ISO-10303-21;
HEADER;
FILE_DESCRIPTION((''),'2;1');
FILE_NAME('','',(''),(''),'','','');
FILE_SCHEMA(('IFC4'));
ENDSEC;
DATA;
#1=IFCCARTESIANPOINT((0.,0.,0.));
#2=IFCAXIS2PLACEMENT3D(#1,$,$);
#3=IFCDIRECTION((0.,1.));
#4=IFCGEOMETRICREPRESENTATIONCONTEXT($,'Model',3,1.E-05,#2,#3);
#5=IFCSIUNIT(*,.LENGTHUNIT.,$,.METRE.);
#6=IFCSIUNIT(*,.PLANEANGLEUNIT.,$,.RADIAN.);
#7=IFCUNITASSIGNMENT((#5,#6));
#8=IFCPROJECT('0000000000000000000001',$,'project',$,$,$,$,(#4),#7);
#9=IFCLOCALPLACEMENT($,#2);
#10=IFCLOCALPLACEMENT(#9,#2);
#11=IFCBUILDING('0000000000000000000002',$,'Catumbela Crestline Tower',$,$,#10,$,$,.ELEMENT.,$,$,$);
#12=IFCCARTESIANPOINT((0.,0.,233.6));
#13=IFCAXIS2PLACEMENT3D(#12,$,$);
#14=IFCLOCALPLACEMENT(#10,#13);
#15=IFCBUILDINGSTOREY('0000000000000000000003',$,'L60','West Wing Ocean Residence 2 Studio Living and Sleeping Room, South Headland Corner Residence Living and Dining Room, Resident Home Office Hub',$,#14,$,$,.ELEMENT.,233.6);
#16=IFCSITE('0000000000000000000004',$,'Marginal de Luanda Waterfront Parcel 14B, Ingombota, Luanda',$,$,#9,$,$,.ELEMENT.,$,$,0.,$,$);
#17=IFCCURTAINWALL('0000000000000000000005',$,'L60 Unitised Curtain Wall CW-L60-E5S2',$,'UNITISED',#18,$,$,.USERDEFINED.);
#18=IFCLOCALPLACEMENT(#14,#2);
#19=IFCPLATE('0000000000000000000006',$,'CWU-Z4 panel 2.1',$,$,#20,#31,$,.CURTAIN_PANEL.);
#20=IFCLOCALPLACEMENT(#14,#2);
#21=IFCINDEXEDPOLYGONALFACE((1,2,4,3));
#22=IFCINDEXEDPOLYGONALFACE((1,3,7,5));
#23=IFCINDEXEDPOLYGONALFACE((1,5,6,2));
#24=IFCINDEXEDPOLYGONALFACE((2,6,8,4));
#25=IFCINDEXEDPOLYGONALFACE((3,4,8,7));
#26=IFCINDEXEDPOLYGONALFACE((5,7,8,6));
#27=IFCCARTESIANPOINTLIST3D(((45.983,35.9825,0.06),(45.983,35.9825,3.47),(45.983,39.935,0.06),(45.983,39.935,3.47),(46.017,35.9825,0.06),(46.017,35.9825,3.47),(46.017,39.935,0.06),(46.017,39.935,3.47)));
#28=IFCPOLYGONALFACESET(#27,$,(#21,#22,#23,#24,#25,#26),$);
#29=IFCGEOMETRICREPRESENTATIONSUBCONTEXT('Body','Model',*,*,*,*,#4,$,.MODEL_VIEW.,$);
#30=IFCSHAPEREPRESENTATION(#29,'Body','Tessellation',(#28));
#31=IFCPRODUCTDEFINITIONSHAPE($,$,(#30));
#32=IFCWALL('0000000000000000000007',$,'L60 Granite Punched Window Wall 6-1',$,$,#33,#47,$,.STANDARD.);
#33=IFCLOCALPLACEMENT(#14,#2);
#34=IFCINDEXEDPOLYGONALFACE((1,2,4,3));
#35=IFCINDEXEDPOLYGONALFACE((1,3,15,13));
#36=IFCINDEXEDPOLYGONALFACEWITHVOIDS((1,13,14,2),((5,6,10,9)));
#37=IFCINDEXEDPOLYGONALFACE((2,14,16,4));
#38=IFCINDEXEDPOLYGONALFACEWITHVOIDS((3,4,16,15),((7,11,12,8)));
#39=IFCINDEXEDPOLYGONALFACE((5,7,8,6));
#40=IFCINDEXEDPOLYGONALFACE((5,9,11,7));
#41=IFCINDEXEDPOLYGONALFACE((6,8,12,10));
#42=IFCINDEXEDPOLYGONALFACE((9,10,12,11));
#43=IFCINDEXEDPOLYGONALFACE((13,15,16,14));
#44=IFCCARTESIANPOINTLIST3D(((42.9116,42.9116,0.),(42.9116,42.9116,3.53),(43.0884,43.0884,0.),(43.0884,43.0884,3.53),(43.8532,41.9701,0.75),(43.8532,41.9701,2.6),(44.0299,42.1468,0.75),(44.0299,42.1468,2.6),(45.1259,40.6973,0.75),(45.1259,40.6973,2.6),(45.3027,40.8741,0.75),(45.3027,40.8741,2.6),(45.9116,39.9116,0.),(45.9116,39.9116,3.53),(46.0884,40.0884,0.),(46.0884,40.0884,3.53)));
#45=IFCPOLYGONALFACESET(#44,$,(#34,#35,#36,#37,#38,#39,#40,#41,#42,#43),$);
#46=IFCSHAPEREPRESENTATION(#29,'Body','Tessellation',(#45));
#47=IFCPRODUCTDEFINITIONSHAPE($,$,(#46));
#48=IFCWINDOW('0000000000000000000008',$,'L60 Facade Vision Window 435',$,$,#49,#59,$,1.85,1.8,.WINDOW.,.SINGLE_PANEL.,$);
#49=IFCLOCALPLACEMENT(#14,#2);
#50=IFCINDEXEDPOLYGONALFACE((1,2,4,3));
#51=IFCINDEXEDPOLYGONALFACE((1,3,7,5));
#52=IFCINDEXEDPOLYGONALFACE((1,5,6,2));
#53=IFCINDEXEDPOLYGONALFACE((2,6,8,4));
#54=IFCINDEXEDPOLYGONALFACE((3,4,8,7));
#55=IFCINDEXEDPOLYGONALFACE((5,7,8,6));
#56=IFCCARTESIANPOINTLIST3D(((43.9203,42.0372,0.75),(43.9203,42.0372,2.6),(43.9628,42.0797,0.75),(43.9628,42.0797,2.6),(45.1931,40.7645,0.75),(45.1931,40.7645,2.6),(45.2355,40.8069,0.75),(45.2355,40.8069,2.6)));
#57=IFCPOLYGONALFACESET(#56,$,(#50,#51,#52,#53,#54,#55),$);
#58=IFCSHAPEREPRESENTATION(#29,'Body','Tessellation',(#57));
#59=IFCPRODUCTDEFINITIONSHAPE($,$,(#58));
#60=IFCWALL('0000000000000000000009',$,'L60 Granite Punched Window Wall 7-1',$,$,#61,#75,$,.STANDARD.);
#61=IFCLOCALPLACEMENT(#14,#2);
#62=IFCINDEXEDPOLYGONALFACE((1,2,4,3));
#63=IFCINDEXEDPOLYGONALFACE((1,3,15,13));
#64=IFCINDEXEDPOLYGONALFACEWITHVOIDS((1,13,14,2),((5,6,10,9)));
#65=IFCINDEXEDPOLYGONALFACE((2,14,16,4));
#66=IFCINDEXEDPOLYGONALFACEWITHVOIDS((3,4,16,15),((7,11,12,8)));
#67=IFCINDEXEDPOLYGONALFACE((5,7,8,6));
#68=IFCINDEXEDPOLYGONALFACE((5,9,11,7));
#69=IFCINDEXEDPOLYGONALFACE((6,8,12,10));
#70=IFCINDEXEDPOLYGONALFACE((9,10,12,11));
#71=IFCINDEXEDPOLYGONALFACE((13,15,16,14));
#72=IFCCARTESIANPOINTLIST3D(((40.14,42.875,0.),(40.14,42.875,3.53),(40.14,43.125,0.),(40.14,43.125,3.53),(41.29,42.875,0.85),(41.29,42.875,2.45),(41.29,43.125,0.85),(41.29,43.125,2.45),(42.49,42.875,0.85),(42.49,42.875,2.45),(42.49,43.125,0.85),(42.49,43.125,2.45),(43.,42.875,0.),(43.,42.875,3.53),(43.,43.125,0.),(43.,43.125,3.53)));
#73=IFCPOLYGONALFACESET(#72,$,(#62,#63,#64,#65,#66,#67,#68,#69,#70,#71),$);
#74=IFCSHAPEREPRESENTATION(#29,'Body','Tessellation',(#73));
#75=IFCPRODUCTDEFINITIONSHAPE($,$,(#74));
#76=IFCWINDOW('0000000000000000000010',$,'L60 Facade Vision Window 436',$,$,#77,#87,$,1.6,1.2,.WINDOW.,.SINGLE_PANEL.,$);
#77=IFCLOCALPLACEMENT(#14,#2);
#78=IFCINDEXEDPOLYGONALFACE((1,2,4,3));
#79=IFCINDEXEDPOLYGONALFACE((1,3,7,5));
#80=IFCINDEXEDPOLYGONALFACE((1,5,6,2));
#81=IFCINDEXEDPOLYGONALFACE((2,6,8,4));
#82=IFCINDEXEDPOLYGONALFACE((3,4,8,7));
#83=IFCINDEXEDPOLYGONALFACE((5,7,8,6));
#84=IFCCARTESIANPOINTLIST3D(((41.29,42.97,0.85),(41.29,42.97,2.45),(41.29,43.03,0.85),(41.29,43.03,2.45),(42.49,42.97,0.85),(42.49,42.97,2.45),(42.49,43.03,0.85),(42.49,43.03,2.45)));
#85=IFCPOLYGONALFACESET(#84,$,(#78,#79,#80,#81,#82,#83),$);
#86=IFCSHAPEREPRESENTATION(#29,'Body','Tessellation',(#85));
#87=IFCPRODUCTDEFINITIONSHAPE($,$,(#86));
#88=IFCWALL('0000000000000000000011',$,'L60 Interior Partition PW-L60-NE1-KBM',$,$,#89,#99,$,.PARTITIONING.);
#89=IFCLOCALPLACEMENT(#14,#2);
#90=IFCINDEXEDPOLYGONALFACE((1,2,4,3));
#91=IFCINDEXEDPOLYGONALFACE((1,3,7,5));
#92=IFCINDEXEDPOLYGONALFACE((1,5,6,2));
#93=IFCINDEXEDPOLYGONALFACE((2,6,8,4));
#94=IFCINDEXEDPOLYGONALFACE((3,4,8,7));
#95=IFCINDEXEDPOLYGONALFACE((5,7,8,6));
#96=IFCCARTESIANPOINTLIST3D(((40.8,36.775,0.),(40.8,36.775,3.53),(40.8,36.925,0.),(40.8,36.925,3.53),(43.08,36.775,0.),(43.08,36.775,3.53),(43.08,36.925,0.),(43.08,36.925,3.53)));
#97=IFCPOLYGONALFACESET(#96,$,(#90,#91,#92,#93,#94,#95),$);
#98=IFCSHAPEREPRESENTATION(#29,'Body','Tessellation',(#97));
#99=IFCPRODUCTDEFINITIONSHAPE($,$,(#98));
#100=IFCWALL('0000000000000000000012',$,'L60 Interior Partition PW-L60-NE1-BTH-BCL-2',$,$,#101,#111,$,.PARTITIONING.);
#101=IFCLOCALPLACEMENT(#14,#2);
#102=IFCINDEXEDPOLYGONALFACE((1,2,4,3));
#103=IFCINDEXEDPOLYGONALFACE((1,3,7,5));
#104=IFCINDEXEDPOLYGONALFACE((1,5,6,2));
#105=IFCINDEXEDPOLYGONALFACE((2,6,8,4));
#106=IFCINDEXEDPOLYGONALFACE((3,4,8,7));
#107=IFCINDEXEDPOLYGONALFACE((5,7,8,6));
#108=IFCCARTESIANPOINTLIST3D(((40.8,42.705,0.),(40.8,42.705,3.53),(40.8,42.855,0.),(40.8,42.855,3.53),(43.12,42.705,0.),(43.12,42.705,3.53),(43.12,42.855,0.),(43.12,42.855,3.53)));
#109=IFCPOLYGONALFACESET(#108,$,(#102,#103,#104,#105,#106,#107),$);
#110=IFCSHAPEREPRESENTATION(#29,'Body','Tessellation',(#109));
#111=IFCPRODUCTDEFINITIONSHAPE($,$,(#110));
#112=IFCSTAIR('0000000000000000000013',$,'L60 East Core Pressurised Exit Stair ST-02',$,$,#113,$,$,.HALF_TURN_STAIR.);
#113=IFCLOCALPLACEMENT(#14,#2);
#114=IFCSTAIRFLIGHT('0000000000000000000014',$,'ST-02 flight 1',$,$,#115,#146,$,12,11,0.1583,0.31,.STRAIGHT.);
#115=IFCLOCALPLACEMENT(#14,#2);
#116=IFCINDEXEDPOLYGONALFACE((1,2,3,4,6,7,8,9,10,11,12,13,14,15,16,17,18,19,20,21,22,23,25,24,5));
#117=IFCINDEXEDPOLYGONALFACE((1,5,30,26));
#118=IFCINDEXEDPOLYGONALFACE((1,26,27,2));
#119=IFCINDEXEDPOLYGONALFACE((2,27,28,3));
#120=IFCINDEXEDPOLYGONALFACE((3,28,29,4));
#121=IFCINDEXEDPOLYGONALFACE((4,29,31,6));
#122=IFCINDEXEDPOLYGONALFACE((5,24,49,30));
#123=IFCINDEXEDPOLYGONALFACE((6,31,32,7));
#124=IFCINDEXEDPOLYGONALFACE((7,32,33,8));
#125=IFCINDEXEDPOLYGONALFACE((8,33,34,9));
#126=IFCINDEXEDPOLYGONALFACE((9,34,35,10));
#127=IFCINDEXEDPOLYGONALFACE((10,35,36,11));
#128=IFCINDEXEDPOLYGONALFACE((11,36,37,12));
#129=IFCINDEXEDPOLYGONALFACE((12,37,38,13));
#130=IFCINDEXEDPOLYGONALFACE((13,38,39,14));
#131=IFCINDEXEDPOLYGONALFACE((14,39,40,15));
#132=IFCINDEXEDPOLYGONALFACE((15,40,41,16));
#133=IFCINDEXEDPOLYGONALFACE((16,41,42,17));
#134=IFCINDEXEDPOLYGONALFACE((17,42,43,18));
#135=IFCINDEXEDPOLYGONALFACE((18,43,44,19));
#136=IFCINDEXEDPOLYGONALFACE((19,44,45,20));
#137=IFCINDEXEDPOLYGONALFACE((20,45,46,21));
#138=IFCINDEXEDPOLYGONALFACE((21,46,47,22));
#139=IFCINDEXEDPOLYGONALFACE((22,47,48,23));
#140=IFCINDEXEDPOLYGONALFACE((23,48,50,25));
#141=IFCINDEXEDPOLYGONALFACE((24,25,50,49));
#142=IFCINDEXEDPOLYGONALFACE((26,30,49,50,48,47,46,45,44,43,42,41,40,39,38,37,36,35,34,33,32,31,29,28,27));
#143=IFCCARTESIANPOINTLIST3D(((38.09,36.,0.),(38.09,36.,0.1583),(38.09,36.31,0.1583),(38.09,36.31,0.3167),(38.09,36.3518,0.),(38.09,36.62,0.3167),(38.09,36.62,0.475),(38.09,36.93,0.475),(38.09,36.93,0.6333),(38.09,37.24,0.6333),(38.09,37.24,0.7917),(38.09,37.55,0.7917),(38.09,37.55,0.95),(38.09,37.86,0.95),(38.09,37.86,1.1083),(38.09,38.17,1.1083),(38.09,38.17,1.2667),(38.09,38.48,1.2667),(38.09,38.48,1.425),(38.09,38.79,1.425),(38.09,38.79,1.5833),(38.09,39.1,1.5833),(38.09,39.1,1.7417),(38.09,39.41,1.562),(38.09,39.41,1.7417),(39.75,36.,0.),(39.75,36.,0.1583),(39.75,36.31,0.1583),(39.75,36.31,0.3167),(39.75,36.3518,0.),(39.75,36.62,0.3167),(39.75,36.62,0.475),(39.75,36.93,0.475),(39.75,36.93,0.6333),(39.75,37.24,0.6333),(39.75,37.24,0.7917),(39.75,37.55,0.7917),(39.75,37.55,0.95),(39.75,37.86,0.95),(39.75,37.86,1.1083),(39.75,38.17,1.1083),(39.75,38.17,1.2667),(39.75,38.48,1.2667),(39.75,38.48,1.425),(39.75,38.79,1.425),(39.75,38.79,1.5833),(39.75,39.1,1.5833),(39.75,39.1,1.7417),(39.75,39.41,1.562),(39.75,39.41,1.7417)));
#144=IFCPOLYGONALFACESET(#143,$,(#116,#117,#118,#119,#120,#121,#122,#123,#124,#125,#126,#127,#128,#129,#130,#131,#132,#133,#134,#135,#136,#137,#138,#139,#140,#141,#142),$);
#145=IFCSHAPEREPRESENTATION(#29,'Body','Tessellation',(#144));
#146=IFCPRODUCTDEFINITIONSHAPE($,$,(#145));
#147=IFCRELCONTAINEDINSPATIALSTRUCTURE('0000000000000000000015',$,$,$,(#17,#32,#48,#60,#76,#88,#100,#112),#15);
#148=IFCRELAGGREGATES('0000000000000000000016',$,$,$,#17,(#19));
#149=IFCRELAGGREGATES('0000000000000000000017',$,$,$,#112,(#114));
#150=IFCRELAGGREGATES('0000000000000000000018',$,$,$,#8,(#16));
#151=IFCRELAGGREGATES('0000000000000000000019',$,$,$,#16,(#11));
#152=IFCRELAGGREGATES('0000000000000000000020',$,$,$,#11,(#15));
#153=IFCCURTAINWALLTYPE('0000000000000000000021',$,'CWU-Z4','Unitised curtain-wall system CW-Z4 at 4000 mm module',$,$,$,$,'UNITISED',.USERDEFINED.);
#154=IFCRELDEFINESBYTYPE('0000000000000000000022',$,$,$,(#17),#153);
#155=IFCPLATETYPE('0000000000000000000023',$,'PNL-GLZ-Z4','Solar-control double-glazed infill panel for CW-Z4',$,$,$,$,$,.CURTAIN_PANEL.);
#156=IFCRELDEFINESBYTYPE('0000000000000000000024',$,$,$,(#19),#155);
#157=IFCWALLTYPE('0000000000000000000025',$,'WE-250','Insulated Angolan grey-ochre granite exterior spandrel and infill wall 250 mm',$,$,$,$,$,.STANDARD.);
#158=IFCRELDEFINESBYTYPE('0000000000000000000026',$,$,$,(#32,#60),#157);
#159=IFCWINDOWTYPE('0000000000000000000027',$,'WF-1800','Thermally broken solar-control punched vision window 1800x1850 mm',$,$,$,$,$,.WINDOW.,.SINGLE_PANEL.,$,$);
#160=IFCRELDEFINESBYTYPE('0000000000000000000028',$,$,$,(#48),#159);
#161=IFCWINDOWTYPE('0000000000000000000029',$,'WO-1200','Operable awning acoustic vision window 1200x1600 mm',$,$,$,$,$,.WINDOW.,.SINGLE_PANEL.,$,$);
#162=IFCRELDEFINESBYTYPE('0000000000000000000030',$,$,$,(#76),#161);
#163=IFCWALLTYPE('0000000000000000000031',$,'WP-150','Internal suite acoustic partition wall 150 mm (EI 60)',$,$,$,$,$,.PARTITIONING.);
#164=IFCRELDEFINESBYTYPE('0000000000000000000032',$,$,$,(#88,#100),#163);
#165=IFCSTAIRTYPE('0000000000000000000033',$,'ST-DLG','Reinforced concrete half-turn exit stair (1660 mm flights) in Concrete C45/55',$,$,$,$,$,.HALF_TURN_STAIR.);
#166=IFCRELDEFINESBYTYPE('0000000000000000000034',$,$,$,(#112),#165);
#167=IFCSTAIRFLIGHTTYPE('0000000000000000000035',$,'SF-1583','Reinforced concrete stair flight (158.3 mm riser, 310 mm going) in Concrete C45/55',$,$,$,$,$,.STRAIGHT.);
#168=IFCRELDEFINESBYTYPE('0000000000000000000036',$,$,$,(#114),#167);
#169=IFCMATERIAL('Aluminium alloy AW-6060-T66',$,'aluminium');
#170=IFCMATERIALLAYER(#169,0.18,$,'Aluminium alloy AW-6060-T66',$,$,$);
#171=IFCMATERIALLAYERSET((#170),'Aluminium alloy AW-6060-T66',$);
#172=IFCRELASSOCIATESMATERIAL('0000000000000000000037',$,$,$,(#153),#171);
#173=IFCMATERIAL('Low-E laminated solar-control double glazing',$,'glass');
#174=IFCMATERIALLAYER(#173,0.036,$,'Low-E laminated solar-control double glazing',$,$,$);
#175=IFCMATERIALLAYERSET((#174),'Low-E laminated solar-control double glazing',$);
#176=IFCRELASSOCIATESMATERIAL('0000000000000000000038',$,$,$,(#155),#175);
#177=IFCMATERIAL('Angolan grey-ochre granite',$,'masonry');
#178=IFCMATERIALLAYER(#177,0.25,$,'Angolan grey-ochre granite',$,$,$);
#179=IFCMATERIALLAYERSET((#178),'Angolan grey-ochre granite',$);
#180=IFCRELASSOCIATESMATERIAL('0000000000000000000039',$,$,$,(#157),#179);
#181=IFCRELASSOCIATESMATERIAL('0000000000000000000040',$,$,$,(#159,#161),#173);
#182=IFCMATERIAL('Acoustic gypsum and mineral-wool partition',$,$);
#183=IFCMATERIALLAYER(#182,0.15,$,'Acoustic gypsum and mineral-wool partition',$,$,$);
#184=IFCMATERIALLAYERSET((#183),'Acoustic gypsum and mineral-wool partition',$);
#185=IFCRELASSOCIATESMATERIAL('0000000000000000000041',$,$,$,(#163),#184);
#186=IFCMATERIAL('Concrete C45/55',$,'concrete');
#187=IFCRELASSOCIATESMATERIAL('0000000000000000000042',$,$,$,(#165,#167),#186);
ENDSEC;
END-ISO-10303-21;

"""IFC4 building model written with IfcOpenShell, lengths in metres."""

from ifc_helpers import new_model, si_unit, direction, frame, frame_2d, origin, origin_2d, place, context, subcontext, project, spatial, polyline, rectangle, outline, extrude, material, layer, layer_set, type_object, element, fill, aggregate, save


model = new_model("IFC4")

# Units and contexts
model_context = context("Model", 3, precision=1e-05, world=origin(), true_north=direction((0.0, 1.0)))
body_context = subcontext(model_context, "Body", "Model", "MODEL_VIEW")
ifc_project = project(units=[si_unit("LENGTHUNIT", "METRE"), si_unit("PLANEANGLEUNIT", "RADIAN")], contexts=[model_context])

# Site, building, storey
site_placement = place(None, origin())
site = spatial("IfcSite", under=ifc_project, at=site_placement, Name="Marginal de Luanda Waterfront Parcel 14B, Ingombota, Luanda", CompositionType="ELEMENT", RefElevation=0.0)
building_placement = place(site_placement, origin())
building = spatial("IfcBuilding", under=site, at=building_placement, Name="Catumbela Crestline Tower", CompositionType="ELEMENT")
storey_placement = place(building_placement, frame((0.0, 0.0, 233.6)))
storey = spatial("IfcBuildingStorey", under=building, at=storey_placement, Name="L60", Description="West Wing Ocean Residence 2 Studio Living and Sleeping Room, South Headland Corner Residence Living and Dining Room, Resident Home Office Hub", CompositionType="ELEMENT", Elevation=233.6)

# Curtain wall, plate
ifc_material_1 = material(Name="Aluminium alloy AW-6060-T66", Category="aluminium")
ifc_layer_1 = layer(ifc_material_1, 0.18, Name="Aluminium alloy AW-6060-T66")
ifc_layer_set_1 = layer_set([ifc_layer_1], Name="Aluminium alloy AW-6060-T66")
curtain_wall_type = type_object("IfcCurtainWallType", Name="CWU-Z4", Description="Unitised curtain-wall system CW-Z4 at 4000 mm module", ElementType="UNITISED", PredefinedType="USERDEFINED", material=ifc_layer_set_1)
curtain_wall_placement = place(storey_placement, origin())
curtain_wall = element("IfcCurtainWall", 1, at=curtain_wall_placement, inside=storey, type_object=curtain_wall_type, Name="L60 Unitised Curtain Wall CW-L60-E5S2", ObjectType="UNITISED", PredefinedType="USERDEFINED")
ifc_material_2 = material(Name="Low-E laminated solar-control double glazing", Category="glass")
ifc_layer_2 = layer(ifc_material_2, 0.036, Name="Low-E laminated solar-control double glazing")
ifc_layer_set_2 = layer_set([ifc_layer_2], Name="Low-E laminated solar-control double glazing")
plate_type = type_object("IfcPlateType", Name="PNL-GLZ-Z4", Description="Solar-control double-glazed infill panel for CW-Z4", PredefinedType="CURTAIN_PANEL", material=ifc_layer_set_2)
plate_1_placement = place(storey_placement, frame((46.0, 37.9588, 0.06), z_axis=(0.0, 0.0, 1.0), x_axis=(0.0, 1.0, 0.0)))
plate_1 = element("IfcPlate", 2, at=plate_1_placement, type_object=plate_type, Name="CWU-Z4 panel 2.1", PredefinedType="CURTAIN_PANEL", context=body_context, shape_type="SweptSolid", body=[
    extrude(rectangle(XDim=3.9525, YDim=0.034, at=origin_2d()), origin(), (0.0, 0.0, 1.0), 3.41),
])
aggregate(curtain_wall, [plate_1])

# Walls, openings, windows
ifc_material_3 = material(Name="Angolan grey-ochre granite", Category="masonry")
ifc_layer_3 = layer(ifc_material_3, 0.25, Name="Angolan grey-ochre granite")
ifc_layer_set_3 = layer_set([ifc_layer_3], Name="Angolan grey-ochre granite")
wall_type_1 = type_object("IfcWallType", Name="WE-250", Description="Insulated Angolan grey-ochre granite exterior spandrel and infill wall 250 mm", PredefinedType="STANDARD", material=ifc_layer_set_3)
wall_1_placement = place(storey_placement, frame((46.0, 40.0, 0.0), z_axis=(0.0, 0.0, 1.0), x_axis=(-0.707107, 0.707107, 0.0)))
wall_1 = element("IfcWall", 3, at=wall_1_placement, inside=storey, type_object=wall_type_1, Name="L60 Granite Punched Window Wall 6-1", PredefinedType="STANDARD", context=body_context, shape_type="SweptSolid", body=[
    extrude(rectangle(XDim=4.2426, YDim=0.25, at=frame_2d((2.1213, 0.0))), origin(), (0.0, 0.0, 1.0), 3.53),
])
opening_1_placement = place(wall_1_placement, frame((1.1111, 0.0, 0.75)))
opening_1 = element("IfcOpeningElement", 4, at=opening_1_placement, cuts=wall_1, PredefinedType="OPENING", context=body_context, shape_type="SweptSolid", body=[
    extrude(rectangle(XDim=1.8, YDim=1.85, at=frame_2d((0.9, 0.925))), frame((0.0, 0.135, 0.0), z_axis=(0.0, -1.0, 0.0), x_axis=(1.0, 0.0, 0.0)), (0.0, 0.0, 1.0), 0.27),
])
window_type_1 = type_object("IfcWindowType", Name="WF-1800", Description="Thermally broken solar-control punched vision window 1800x1850 mm", PartitioningType="SINGLE_PANEL", PredefinedType="WINDOW", material=ifc_material_2)
window_1_placement = place(opening_1_placement, origin())
window_1 = element("IfcWindow", 5, at=window_1_placement, inside=storey, type_object=window_type_1, Name="L60 Facade Vision Window 435", OverallHeight=1.85, OverallWidth=1.8, PartitioningType="SINGLE_PANEL", PredefinedType="WINDOW", context=body_context, shape_type="SweptSolid", body=[
    extrude(rectangle(XDim=1.8, YDim=1.85, at=frame_2d((0.9, 0.925))), frame((0.0, 0.03, 0.0), z_axis=(0.0, -1.0, 0.0), x_axis=(1.0, 0.0, 0.0)), (0.0, 0.0, 1.0), 0.06),
])
fill(opening_1, window_1)
wall_2_placement = place(storey_placement, frame((43.0, 43.0, 0.0), z_axis=(0.0, 0.0, 1.0), x_axis=(-1.0, 0.0, 0.0)))
wall_2 = element("IfcWall", 6, at=wall_2_placement, inside=storey, type_object=wall_type_1, Name="L60 Granite Punched Window Wall 7-1", PredefinedType="STANDARD", context=body_context, shape_type="SweptSolid", body=[
    extrude(rectangle(XDim=2.86, YDim=0.25, at=frame_2d((1.43, 0.0))), origin(), (0.0, 0.0, 1.0), 3.53),
])
opening_2_placement = place(wall_2_placement, frame((0.51, 0.0, 0.85)))
opening_2 = element("IfcOpeningElement", 7, at=opening_2_placement, cuts=wall_2, PredefinedType="OPENING", context=body_context, shape_type="SweptSolid", body=[
    extrude(rectangle(XDim=1.2, YDim=1.6, at=frame_2d((0.6, 0.8))), frame((0.0, 0.135, 0.0), z_axis=(0.0, -1.0, 0.0), x_axis=(1.0, 0.0, 0.0)), (0.0, 0.0, 1.0), 0.27),
])
window_type_2 = type_object("IfcWindowType", Name="WO-1200", Description="Operable awning acoustic vision window 1200x1600 mm", PartitioningType="SINGLE_PANEL", PredefinedType="WINDOW", material=ifc_material_2)
window_2_placement = place(opening_2_placement, origin())
window_2 = element("IfcWindow", 8, at=window_2_placement, inside=storey, type_object=window_type_2, Name="L60 Facade Vision Window 436", OverallHeight=1.6, OverallWidth=1.2, PartitioningType="SINGLE_PANEL", PredefinedType="WINDOW", context=body_context, shape_type="SweptSolid", body=[
    extrude(rectangle(XDim=1.2, YDim=1.6, at=frame_2d((0.6, 0.8))), frame((0.0, 0.03, 0.0), z_axis=(0.0, -1.0, 0.0), x_axis=(1.0, 0.0, 0.0)), (0.0, 0.0, 1.0), 0.06),
])
fill(opening_2, window_2)

# Walls
ifc_material_4 = material(Name="Acoustic gypsum and mineral-wool partition")
ifc_layer_4 = layer(ifc_material_4, 0.15, Name="Acoustic gypsum and mineral-wool partition")
ifc_layer_set_4 = layer_set([ifc_layer_4], Name="Acoustic gypsum and mineral-wool partition")
wall_type_2 = type_object("IfcWallType", Name="WP-150", Description="Internal suite acoustic partition wall 150 mm (EI 60)", PredefinedType="PARTITIONING", material=ifc_layer_set_4)
wall_3_placement = place(storey_placement, frame((40.8, 36.85, 0.0), z_axis=(0.0, 0.0, 1.0), x_axis=(1.0, 0.0, 0.0)))
element("IfcWall", 9, at=wall_3_placement, inside=storey, type_object=wall_type_2, Name="L60 Interior Partition PW-L60-NE1-KBM", PredefinedType="PARTITIONING", context=body_context, shape_type="SweptSolid", body=[
    extrude(rectangle(XDim=2.28, YDim=0.15, at=frame_2d((1.14, 0.0))), origin(), (0.0, 0.0, 1.0), 3.53),
])
wall_4_placement = place(storey_placement, frame((40.8, 42.78, 0.0), z_axis=(0.0, 0.0, 1.0), x_axis=(1.0, 0.0, 0.0)))
element("IfcWall", 10, at=wall_4_placement, inside=storey, type_object=wall_type_2, Name="L60 Interior Partition PW-L60-NE1-BTH-BCL-2", PredefinedType="PARTITIONING", context=body_context, shape_type="SweptSolid", body=[
    extrude(rectangle(XDim=2.32, YDim=0.15, at=frame_2d((1.16, 0.0))), origin(), (0.0, 0.0, 1.0), 3.53),
])

# Stair, stair flight
ifc_material_5 = material(Name="Concrete C45/55", Category="concrete")
stair_type = type_object("IfcStairType", Name="ST-DLG", Description="Reinforced concrete half-turn exit stair (1660 mm flights) in Concrete C45/55", PredefinedType="HALF_TURN_STAIR", material=ifc_material_5)
stair_placement = place(storey_placement, origin())
stair = element("IfcStair", 11, at=stair_placement, inside=storey, type_object=stair_type, Name="L60 East Core Pressurised Exit Stair ST-02", PredefinedType="HALF_TURN_STAIR")
stair_flight_type = type_object("IfcStairFlightType", Name="SF-1583", Description="Reinforced concrete stair flight (158.3 mm riser, 310 mm going) in Concrete C45/55", PredefinedType="STRAIGHT", material=ifc_material_5)
stair_flight_placement = place(storey_placement, frame((38.92, 36.0, 0.0), z_axis=(0.0, 0.0, 1.0), x_axis=(0.0, 1.0, 0.0)))
stair_flight = element("IfcStairFlight", 12, at=stair_flight_placement, type_object=stair_flight_type, Name="ST-02 flight 1", NumberOfRisers=12, NumberOfTreads=11, PredefinedType="STRAIGHT", RiserHeight=0.1583, TreadLength=0.31, context=body_context, shape_type="SweptSolid", body=[
    extrude(outline(polyline([(0.0, 0.0), (0.0, 0.1583), (0.31, 0.1583), (0.31, 0.3167), (0.62, 0.3167), (0.62, 0.475), (0.93, 0.475), (0.93, 0.6333), (1.24, 0.6333), (1.24, 0.7917), (1.55, 0.7917), (1.55, 0.95), (1.86, 0.95), (1.86, 1.1083), (2.17, 1.1083), (2.17, 1.2667), (2.48, 1.2667), (2.48, 1.425), (2.79, 1.425), (2.79, 1.5833), (3.1, 1.5833), (3.1, 1.7417), (3.41, 1.7417), (3.41, 1.9), (3.41, 1.562), (0.3518, 0.0), (0.0, 0.0)])), frame((0.0, 0.83, 0.0), z_axis=(0.0, -1.0, 0.0), x_axis=(1.0, 0.0, 0.0)), (0.0, 0.0, 1.0), 1.66),
])
aggregate(stair, [stair_flight])

save(model, "model.ifc")
